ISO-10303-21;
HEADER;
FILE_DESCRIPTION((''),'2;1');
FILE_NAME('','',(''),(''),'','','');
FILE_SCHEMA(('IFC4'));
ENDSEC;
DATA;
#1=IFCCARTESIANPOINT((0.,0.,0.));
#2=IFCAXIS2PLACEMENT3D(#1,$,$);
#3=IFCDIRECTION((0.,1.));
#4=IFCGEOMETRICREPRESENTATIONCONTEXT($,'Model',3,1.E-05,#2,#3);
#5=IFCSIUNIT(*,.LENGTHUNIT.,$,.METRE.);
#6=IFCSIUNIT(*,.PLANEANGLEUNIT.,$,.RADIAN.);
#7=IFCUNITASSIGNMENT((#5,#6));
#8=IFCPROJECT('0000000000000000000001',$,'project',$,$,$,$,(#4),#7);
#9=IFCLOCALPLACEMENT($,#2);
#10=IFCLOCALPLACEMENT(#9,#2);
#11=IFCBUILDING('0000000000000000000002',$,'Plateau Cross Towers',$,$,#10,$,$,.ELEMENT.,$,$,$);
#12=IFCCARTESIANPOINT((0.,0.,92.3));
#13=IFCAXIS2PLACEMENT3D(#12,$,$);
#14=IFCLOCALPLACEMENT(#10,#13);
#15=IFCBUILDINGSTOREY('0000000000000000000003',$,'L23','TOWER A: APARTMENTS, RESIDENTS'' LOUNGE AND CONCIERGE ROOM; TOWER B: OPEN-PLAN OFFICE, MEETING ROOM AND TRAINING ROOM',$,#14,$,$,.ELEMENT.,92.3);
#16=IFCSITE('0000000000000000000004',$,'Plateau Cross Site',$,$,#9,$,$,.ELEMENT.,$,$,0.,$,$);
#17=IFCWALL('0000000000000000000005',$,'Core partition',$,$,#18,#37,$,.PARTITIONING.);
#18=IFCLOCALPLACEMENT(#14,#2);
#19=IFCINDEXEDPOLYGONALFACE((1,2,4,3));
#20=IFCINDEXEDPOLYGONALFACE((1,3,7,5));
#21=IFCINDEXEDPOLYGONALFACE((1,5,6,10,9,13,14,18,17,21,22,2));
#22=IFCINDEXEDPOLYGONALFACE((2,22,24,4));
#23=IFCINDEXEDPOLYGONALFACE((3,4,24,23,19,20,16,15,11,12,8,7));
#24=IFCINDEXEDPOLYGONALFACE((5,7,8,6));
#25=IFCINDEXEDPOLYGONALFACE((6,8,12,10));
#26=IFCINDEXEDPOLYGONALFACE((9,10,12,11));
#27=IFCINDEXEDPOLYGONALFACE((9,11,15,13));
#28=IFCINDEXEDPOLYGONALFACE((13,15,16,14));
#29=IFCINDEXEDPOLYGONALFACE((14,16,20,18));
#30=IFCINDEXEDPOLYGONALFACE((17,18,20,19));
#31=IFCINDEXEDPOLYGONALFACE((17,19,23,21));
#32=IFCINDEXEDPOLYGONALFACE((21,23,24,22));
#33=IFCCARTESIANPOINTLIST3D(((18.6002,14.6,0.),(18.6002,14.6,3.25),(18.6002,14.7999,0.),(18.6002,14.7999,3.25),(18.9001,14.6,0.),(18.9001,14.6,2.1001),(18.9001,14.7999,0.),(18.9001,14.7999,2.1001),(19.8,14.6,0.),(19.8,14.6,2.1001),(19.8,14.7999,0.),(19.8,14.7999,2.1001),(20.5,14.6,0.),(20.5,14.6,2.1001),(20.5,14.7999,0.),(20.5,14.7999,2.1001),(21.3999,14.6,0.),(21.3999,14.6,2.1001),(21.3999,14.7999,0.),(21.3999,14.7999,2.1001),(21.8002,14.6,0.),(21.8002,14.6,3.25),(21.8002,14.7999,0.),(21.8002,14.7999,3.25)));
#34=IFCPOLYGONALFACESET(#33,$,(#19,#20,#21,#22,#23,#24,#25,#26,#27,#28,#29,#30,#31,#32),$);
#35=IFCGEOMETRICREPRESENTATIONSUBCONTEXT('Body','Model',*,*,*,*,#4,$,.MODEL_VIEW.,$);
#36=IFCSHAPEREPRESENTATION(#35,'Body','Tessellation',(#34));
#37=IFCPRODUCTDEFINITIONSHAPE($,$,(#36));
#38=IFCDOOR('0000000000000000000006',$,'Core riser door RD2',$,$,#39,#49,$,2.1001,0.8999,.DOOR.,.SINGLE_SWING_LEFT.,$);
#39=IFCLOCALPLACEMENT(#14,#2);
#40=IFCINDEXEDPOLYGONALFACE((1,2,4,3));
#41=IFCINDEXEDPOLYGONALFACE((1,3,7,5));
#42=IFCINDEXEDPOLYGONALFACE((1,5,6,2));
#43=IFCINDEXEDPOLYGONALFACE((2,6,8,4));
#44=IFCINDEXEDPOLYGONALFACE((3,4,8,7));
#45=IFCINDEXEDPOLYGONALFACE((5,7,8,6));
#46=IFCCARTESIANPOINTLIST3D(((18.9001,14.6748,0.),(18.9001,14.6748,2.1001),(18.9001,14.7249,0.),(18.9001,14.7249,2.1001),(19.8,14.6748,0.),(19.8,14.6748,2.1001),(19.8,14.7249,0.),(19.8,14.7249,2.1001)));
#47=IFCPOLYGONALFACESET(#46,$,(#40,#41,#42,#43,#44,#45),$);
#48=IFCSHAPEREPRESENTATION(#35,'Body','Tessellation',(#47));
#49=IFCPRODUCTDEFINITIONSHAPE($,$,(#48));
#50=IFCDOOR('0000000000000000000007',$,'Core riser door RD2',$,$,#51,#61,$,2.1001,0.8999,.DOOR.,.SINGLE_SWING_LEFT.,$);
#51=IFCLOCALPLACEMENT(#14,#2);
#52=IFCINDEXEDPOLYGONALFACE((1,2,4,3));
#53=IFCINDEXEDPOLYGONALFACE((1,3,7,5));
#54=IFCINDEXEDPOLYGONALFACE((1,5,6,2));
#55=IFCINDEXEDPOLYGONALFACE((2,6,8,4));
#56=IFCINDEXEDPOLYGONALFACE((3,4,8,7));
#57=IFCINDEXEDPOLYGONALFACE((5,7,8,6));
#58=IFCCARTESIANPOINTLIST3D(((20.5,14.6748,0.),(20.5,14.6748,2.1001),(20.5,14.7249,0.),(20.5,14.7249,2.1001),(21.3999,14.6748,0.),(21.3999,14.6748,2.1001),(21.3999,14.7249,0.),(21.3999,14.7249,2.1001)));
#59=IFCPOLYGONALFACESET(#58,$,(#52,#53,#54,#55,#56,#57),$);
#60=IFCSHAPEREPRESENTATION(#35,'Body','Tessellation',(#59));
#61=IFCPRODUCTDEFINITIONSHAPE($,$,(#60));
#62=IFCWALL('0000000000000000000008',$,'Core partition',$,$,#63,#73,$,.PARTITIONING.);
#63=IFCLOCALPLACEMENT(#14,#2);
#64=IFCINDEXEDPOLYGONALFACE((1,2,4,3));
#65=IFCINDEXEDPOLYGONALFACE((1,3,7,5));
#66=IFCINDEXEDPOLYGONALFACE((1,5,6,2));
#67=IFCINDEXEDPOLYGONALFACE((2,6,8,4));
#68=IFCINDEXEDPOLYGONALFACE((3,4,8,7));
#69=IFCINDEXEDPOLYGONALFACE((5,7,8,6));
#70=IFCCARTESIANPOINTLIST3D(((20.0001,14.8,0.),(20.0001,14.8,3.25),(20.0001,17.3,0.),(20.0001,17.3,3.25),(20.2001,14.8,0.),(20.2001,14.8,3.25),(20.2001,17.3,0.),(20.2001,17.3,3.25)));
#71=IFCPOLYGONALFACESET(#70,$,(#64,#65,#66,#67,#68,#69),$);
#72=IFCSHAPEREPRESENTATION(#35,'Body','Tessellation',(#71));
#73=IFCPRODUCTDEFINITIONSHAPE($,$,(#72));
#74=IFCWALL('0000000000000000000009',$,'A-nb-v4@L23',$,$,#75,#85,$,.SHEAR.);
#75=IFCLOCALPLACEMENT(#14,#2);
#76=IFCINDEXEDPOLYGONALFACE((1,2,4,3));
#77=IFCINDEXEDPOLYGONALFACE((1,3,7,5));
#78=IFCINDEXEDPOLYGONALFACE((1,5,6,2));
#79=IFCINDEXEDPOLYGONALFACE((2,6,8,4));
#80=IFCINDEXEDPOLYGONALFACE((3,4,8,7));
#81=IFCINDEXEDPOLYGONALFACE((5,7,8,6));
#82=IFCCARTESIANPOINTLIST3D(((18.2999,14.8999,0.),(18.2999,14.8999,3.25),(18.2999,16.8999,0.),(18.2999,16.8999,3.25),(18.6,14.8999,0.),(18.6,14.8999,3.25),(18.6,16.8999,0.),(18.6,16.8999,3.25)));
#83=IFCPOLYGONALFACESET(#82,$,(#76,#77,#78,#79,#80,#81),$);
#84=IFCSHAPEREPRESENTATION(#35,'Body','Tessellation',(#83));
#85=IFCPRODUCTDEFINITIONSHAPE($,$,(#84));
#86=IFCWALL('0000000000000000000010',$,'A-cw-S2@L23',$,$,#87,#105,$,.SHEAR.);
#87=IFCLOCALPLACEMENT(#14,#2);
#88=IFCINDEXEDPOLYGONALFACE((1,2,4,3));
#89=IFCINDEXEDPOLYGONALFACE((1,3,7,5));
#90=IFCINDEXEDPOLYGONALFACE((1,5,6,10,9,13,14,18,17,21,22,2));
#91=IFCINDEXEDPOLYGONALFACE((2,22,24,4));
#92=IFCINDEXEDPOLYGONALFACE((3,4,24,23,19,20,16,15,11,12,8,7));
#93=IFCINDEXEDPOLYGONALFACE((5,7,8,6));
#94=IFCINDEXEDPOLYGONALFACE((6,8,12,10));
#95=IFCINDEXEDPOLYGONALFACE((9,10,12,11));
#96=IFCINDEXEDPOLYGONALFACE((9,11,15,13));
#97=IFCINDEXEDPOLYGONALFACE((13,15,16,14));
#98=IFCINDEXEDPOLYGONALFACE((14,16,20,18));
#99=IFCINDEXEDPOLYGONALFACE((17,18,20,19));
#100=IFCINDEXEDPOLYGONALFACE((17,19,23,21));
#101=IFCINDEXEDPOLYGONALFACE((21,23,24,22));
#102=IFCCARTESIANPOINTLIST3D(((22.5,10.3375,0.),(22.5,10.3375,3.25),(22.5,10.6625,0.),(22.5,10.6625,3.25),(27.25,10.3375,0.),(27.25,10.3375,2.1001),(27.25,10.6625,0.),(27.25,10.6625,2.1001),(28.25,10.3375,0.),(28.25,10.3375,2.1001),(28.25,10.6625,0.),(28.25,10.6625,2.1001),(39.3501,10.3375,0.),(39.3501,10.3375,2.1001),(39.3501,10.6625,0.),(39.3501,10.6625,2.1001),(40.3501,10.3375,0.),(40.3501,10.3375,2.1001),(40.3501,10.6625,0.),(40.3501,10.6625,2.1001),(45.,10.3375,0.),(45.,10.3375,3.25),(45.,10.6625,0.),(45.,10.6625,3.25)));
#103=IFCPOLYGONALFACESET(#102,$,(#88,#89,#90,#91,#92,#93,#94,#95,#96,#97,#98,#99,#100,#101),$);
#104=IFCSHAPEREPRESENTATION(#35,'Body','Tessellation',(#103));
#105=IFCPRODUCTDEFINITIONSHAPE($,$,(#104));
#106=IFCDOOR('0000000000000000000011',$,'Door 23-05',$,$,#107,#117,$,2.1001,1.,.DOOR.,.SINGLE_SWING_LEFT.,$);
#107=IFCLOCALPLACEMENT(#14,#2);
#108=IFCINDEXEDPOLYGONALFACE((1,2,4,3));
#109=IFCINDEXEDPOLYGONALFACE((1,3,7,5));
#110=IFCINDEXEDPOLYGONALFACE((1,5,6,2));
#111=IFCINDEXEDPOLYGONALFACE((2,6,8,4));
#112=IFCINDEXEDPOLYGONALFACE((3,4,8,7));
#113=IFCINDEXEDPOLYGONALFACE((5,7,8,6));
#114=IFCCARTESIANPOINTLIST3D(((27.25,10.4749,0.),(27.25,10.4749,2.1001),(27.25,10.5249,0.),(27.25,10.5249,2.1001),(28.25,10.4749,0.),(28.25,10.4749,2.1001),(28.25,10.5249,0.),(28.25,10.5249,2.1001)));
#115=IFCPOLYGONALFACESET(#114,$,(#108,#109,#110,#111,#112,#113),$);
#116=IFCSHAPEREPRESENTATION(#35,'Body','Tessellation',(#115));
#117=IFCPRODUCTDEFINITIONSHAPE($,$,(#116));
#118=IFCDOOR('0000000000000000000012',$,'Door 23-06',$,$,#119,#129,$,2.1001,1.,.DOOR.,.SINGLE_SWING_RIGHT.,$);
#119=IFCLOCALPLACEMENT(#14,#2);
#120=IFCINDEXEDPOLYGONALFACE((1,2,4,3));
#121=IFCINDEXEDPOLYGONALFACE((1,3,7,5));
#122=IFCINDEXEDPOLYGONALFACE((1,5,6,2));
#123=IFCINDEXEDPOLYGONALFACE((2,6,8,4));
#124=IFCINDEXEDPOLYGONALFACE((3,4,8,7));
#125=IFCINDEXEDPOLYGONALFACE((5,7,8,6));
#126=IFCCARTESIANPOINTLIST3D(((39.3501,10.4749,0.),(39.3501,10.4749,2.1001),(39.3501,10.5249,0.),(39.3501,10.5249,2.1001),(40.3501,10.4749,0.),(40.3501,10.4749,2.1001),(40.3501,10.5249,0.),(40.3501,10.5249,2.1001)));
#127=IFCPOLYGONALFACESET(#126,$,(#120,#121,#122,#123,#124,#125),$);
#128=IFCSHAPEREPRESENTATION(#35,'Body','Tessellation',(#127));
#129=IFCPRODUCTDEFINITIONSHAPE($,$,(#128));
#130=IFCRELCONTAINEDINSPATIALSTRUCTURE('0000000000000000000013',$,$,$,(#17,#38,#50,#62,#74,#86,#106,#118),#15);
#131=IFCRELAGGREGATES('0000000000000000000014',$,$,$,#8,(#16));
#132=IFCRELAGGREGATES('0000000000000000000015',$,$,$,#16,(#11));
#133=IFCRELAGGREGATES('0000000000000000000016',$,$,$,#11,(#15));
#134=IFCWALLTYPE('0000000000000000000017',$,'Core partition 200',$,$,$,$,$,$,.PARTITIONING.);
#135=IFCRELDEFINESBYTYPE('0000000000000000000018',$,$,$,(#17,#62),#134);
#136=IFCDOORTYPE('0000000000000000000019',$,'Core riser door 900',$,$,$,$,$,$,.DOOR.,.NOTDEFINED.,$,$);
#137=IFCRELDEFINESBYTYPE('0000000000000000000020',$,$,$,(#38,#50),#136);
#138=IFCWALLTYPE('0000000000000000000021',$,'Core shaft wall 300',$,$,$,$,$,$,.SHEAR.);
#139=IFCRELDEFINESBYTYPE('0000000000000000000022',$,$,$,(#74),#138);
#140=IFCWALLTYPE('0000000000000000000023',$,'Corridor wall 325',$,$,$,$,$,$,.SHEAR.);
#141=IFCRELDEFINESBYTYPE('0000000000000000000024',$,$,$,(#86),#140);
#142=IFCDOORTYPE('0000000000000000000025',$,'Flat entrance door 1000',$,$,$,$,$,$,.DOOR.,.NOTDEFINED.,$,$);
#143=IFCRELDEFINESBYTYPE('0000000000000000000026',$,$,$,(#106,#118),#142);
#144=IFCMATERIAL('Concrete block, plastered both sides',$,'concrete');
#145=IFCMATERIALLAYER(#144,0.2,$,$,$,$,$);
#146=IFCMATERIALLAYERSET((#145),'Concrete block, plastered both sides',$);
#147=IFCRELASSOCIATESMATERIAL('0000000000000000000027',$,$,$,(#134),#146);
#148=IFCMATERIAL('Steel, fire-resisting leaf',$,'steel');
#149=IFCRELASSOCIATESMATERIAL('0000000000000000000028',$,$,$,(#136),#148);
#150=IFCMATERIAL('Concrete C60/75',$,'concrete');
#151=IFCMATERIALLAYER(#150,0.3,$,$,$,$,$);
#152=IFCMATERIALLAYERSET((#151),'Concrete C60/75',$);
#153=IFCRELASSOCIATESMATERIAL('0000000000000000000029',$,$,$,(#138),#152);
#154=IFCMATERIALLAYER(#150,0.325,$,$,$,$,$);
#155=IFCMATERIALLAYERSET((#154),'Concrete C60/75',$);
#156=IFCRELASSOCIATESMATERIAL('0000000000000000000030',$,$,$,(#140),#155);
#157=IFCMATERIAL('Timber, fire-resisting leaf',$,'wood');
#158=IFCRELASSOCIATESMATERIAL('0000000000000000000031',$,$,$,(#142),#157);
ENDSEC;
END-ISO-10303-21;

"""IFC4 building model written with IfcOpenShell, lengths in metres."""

from ifc_helpers import new_model, si_unit, direction, frame, frame_2d, origin, place, context, subcontext, project, spatial, rectangle, extrude, material, layer, layer_set, type_object, element, fill, save


model = new_model("IFC4")

# Units and contexts
model_context = context("Model", 3, precision=1e-05, world=origin(), true_north=direction((0.0, 1.0)))
body_context = subcontext(model_context, "Body", "Model", "MODEL_VIEW")
ifc_project = project(units=[si_unit("LENGTHUNIT", "METRE"), si_unit("PLANEANGLEUNIT", "RADIAN")], contexts=[model_context])

# Site, building, storey
site_placement = place(None, origin())
site = spatial("IfcSite", under=ifc_project, at=site_placement, Name="Plateau Cross Site", CompositionType="ELEMENT", RefElevation=0.0)
building_placement = place(site_placement, origin())
building = spatial("IfcBuilding", under=site, at=building_placement, Name="Plateau Cross Towers", CompositionType="ELEMENT")
storey_placement = place(building_placement, frame((0.0, 0.0, 92.3)))
storey = spatial("IfcBuildingStorey", under=building, at=storey_placement, Name="L23", Description="TOWER A: APARTMENTS, RESIDENTS' LOUNGE AND CONCIERGE ROOM; TOWER B: OPEN-PLAN OFFICE, MEETING ROOM AND TRAINING ROOM", CompositionType="ELEMENT", Elevation=92.3)

# Wall, openings, doors
ifc_material_1 = material(Name="Concrete block, plastered both sides", Category="concrete")
ifc_layer_1 = layer(ifc_material_1, 0.2)
ifc_layer_set_1 = layer_set([ifc_layer_1], Name="Concrete block, plastered both sides")
wall_type_1 = type_object("IfcWallType", Name="Core partition 200", PredefinedType="PARTITIONING", material=ifc_layer_set_1)
ifc_material_2 = material(Name="Timber, fire-resisting leaf", Category="wood")
wall_1_placement = place(storey_placement, frame((18.6001, 14.7, 0.0), z_axis=(0.0, 0.0, 1.0), x_axis=(1.0, 0.0, 0.0)))
wall_1 = element("IfcWall", 1, at=wall_1_placement, inside=storey, type_object=wall_type_1, Name="Core partition", PredefinedType="PARTITIONING", context=body_context, shape_type="SweptSolid", body=[
    extrude(rectangle(XDim=3.2, YDim=0.2, at=frame_2d((1.6001, 0.0))), origin(), (0.0, 0.0, 1.0), 3.25),
])
opening_1_placement = place(wall_1_placement, frame((0.3, 0.0, 0.0)))
opening_1 = element("IfcOpeningElement", 2, at=opening_1_placement, cuts=wall_1, PredefinedType="OPENING", context=body_context, shape_type="SweptSolid", body=[
    extrude(rectangle(XDim=0.8999, YDim=2.1001, at=frame_2d((0.45, 1.05))), frame((0.0, 0.1099, 0.0), z_axis=(0.0, -1.0, 0.0), x_axis=(1.0, 0.0, 0.0)), (0.0, 0.0, 1.0), 0.22),
])
opening_2_placement = place(wall_1_placement, frame((1.8999, 0.0, 0.0)))
opening_2 = element("IfcOpeningElement", 3, at=opening_2_placement, cuts=wall_1, PredefinedType="OPENING", context=body_context, shape_type="SweptSolid", body=[
    extrude(rectangle(XDim=0.8999, YDim=2.1001, at=frame_2d((0.45, 1.05))), frame((0.0, 0.1099, 0.0), z_axis=(0.0, -1.0, 0.0), x_axis=(1.0, 0.0, 0.0)), (0.0, 0.0, 1.0), 0.22),
])
ifc_material_3 = material(Name="Steel, fire-resisting leaf", Category="steel")
door_type_1 = type_object("IfcDoorType", Name="Core riser door 900", OperationType="NOTDEFINED", PredefinedType="DOOR", material=ifc_material_3)
door_1_placement = place(opening_1_placement, origin())
door_1 = element("IfcDoor", 4, at=door_1_placement, inside=storey, type_object=door_type_1, Name="Core riser door RD2", OperationType="SINGLE_SWING_LEFT", OverallHeight=2.1001, OverallWidth=0.8999, PredefinedType="DOOR", context=body_context, shape_type="SweptSolid", body=[
    extrude(rectangle(XDim=0.8999, YDim=2.1001, at=frame_2d((0.45, 1.05))), frame((0.0, 0.0249, 0.0), z_axis=(0.0, -1.0, 0.0), x_axis=(1.0, 0.0, 0.0)), (0.0, 0.0, 1.0), 0.05),
])
fill(opening_1, door_1)
door_2_placement = place(opening_2_placement, origin())
door_2 = element("IfcDoor", 5, at=door_2_placement, inside=storey, type_object=door_type_1, Name="Core riser door RD2", OperationType="SINGLE_SWING_LEFT", OverallHeight=2.1001, OverallWidth=0.8999, PredefinedType="DOOR", context=body_context, shape_type="SweptSolid", body=[
    extrude(rectangle(XDim=0.8999, YDim=2.1001, at=frame_2d((0.45, 1.05))), frame((0.0, 0.0249, 0.0), z_axis=(0.0, -1.0, 0.0), x_axis=(1.0, 0.0, 0.0)), (0.0, 0.0, 1.0), 0.05),
])
fill(opening_2, door_2)

# Walls
wall_2_placement = place(storey_placement, frame((20.1001, 14.8, 0.0), z_axis=(0.0, 0.0, 1.0), x_axis=(0.0, 1.0, 0.0)))
element("IfcWall", 6, at=wall_2_placement, inside=storey, type_object=wall_type_1, Name="Core partition", PredefinedType="PARTITIONING", context=body_context, shape_type="SweptSolid", body=[
    extrude(rectangle(XDim=2.5, YDim=0.2, at=frame_2d((1.25, 0.0))), origin(), (0.0, 0.0, 1.0), 3.25),
])
ifc_material_4 = material(Name="Concrete C60/75", Category="concrete")
ifc_layer_2 = layer(ifc_material_4, 0.3)
ifc_layer_set_2 = layer_set([ifc_layer_2], Name="Concrete C60/75")
wall_type_2 = type_object("IfcWallType", Name="Core shaft wall 300", PredefinedType="SHEAR", material=ifc_layer_set_2)
wall_3_placement = place(storey_placement, frame((18.45, 14.8999, 0.0), z_axis=(0.0, 0.0, 1.0), x_axis=(0.0, 1.0, 0.0)))
element("IfcWall", 7, at=wall_3_placement, inside=storey, type_object=wall_type_2, Name="A-nb-v4@L23", PredefinedType="SHEAR", context=body_context, shape_type="SweptSolid", body=[
    extrude(rectangle(XDim=2.0, YDim=0.3, at=frame_2d((1.0, 0.0))), origin(), (0.0, 0.0, 1.0), 3.25),
])

# Wall, openings, doors
ifc_layer_3 = layer(ifc_material_4, 0.325)
ifc_layer_set_3 = layer_set([ifc_layer_3], Name="Concrete C60/75")
wall_type_3 = type_object("IfcWallType", Name="Corridor wall 325", PredefinedType="SHEAR", material=ifc_layer_set_3)
wall_4_placement = place(storey_placement, frame((22.5, 10.5, 0.0), z_axis=(0.0, 0.0, 1.0), x_axis=(1.0, 0.0, 0.0)))
wall_4 = element("IfcWall", 8, at=wall_4_placement, inside=storey, type_object=wall_type_3, Name="A-cw-S2@L23", PredefinedType="SHEAR", context=body_context, shape_type="SweptSolid", body=[
    extrude(rectangle(XDim=22.5, YDim=0.325, at=frame_2d((11.25, 0.0))), origin(), (0.0, 0.0, 1.0), 3.25),
])
opening_3_placement = place(wall_4_placement, frame((4.75, 0.0, 0.0)))
opening_3 = element("IfcOpeningElement", 9, at=opening_3_placement, cuts=wall_4, PredefinedType="OPENING", context=body_context, shape_type="SweptSolid", body=[
    extrude(rectangle(XDim=1.0, YDim=2.1001, at=frame_2d((0.5, 1.05))), frame((0.0, 0.1724, 0.0), z_axis=(0.0, -1.0, 0.0), x_axis=(1.0, 0.0, 0.0)), (0.0, 0.0, 1.0), 0.345),
])
opening_4_placement = place(wall_4_placement, frame((16.8501, 0.0, 0.0)))
opening_4 = element("IfcOpeningElement", 10, at=opening_4_placement, cuts=wall_4, PredefinedType="OPENING", context=body_context, shape_type="SweptSolid", body=[
    extrude(rectangle(XDim=1.0, YDim=2.1001, at=frame_2d((0.5, 1.05))), frame((0.0, 0.1724, 0.0), z_axis=(0.0, -1.0, 0.0), x_axis=(1.0, 0.0, 0.0)), (0.0, 0.0, 1.0), 0.345),
])
door_type_2 = type_object("IfcDoorType", Name="Flat entrance door 1000", OperationType="NOTDEFINED", PredefinedType="DOOR", material=ifc_material_2)
door_3_placement = place(opening_3_placement, origin())
door_3 = element("IfcDoor", 11, at=door_3_placement, inside=storey, type_object=door_type_2, Name="Door 23-05", OperationType="SINGLE_SWING_LEFT", OverallHeight=2.1001, OverallWidth=1.0, PredefinedType="DOOR", context=body_context, shape_type="SweptSolid", body=[
    extrude(rectangle(XDim=1.0, YDim=2.1001, at=frame_2d((0.5, 1.05))), frame((0.0, 0.0249, 0.0), z_axis=(0.0, -1.0, 0.0), x_axis=(1.0, 0.0, 0.0)), (0.0, 0.0, 1.0), 0.05),
])
fill(opening_3, door_3)
door_4_placement = place(opening_4_placement, origin())
door_4 = element("IfcDoor", 12, at=door_4_placement, inside=storey, type_object=door_type_2, Name="Door 23-06", OperationType="SINGLE_SWING_RIGHT", OverallHeight=2.1001, OverallWidth=1.0, PredefinedType="DOOR", context=body_context, shape_type="SweptSolid", body=[
    extrude(rectangle(XDim=1.0, YDim=2.1001, at=frame_2d((0.5, 1.05))), frame((0.0, 0.0249, 0.0), z_axis=(0.0, -1.0, 0.0), x_axis=(1.0, 0.0, 0.0)), (0.0, 0.0, 1.0), 0.05),
])
fill(opening_4, door_4)

save(model, "model.ifc")
